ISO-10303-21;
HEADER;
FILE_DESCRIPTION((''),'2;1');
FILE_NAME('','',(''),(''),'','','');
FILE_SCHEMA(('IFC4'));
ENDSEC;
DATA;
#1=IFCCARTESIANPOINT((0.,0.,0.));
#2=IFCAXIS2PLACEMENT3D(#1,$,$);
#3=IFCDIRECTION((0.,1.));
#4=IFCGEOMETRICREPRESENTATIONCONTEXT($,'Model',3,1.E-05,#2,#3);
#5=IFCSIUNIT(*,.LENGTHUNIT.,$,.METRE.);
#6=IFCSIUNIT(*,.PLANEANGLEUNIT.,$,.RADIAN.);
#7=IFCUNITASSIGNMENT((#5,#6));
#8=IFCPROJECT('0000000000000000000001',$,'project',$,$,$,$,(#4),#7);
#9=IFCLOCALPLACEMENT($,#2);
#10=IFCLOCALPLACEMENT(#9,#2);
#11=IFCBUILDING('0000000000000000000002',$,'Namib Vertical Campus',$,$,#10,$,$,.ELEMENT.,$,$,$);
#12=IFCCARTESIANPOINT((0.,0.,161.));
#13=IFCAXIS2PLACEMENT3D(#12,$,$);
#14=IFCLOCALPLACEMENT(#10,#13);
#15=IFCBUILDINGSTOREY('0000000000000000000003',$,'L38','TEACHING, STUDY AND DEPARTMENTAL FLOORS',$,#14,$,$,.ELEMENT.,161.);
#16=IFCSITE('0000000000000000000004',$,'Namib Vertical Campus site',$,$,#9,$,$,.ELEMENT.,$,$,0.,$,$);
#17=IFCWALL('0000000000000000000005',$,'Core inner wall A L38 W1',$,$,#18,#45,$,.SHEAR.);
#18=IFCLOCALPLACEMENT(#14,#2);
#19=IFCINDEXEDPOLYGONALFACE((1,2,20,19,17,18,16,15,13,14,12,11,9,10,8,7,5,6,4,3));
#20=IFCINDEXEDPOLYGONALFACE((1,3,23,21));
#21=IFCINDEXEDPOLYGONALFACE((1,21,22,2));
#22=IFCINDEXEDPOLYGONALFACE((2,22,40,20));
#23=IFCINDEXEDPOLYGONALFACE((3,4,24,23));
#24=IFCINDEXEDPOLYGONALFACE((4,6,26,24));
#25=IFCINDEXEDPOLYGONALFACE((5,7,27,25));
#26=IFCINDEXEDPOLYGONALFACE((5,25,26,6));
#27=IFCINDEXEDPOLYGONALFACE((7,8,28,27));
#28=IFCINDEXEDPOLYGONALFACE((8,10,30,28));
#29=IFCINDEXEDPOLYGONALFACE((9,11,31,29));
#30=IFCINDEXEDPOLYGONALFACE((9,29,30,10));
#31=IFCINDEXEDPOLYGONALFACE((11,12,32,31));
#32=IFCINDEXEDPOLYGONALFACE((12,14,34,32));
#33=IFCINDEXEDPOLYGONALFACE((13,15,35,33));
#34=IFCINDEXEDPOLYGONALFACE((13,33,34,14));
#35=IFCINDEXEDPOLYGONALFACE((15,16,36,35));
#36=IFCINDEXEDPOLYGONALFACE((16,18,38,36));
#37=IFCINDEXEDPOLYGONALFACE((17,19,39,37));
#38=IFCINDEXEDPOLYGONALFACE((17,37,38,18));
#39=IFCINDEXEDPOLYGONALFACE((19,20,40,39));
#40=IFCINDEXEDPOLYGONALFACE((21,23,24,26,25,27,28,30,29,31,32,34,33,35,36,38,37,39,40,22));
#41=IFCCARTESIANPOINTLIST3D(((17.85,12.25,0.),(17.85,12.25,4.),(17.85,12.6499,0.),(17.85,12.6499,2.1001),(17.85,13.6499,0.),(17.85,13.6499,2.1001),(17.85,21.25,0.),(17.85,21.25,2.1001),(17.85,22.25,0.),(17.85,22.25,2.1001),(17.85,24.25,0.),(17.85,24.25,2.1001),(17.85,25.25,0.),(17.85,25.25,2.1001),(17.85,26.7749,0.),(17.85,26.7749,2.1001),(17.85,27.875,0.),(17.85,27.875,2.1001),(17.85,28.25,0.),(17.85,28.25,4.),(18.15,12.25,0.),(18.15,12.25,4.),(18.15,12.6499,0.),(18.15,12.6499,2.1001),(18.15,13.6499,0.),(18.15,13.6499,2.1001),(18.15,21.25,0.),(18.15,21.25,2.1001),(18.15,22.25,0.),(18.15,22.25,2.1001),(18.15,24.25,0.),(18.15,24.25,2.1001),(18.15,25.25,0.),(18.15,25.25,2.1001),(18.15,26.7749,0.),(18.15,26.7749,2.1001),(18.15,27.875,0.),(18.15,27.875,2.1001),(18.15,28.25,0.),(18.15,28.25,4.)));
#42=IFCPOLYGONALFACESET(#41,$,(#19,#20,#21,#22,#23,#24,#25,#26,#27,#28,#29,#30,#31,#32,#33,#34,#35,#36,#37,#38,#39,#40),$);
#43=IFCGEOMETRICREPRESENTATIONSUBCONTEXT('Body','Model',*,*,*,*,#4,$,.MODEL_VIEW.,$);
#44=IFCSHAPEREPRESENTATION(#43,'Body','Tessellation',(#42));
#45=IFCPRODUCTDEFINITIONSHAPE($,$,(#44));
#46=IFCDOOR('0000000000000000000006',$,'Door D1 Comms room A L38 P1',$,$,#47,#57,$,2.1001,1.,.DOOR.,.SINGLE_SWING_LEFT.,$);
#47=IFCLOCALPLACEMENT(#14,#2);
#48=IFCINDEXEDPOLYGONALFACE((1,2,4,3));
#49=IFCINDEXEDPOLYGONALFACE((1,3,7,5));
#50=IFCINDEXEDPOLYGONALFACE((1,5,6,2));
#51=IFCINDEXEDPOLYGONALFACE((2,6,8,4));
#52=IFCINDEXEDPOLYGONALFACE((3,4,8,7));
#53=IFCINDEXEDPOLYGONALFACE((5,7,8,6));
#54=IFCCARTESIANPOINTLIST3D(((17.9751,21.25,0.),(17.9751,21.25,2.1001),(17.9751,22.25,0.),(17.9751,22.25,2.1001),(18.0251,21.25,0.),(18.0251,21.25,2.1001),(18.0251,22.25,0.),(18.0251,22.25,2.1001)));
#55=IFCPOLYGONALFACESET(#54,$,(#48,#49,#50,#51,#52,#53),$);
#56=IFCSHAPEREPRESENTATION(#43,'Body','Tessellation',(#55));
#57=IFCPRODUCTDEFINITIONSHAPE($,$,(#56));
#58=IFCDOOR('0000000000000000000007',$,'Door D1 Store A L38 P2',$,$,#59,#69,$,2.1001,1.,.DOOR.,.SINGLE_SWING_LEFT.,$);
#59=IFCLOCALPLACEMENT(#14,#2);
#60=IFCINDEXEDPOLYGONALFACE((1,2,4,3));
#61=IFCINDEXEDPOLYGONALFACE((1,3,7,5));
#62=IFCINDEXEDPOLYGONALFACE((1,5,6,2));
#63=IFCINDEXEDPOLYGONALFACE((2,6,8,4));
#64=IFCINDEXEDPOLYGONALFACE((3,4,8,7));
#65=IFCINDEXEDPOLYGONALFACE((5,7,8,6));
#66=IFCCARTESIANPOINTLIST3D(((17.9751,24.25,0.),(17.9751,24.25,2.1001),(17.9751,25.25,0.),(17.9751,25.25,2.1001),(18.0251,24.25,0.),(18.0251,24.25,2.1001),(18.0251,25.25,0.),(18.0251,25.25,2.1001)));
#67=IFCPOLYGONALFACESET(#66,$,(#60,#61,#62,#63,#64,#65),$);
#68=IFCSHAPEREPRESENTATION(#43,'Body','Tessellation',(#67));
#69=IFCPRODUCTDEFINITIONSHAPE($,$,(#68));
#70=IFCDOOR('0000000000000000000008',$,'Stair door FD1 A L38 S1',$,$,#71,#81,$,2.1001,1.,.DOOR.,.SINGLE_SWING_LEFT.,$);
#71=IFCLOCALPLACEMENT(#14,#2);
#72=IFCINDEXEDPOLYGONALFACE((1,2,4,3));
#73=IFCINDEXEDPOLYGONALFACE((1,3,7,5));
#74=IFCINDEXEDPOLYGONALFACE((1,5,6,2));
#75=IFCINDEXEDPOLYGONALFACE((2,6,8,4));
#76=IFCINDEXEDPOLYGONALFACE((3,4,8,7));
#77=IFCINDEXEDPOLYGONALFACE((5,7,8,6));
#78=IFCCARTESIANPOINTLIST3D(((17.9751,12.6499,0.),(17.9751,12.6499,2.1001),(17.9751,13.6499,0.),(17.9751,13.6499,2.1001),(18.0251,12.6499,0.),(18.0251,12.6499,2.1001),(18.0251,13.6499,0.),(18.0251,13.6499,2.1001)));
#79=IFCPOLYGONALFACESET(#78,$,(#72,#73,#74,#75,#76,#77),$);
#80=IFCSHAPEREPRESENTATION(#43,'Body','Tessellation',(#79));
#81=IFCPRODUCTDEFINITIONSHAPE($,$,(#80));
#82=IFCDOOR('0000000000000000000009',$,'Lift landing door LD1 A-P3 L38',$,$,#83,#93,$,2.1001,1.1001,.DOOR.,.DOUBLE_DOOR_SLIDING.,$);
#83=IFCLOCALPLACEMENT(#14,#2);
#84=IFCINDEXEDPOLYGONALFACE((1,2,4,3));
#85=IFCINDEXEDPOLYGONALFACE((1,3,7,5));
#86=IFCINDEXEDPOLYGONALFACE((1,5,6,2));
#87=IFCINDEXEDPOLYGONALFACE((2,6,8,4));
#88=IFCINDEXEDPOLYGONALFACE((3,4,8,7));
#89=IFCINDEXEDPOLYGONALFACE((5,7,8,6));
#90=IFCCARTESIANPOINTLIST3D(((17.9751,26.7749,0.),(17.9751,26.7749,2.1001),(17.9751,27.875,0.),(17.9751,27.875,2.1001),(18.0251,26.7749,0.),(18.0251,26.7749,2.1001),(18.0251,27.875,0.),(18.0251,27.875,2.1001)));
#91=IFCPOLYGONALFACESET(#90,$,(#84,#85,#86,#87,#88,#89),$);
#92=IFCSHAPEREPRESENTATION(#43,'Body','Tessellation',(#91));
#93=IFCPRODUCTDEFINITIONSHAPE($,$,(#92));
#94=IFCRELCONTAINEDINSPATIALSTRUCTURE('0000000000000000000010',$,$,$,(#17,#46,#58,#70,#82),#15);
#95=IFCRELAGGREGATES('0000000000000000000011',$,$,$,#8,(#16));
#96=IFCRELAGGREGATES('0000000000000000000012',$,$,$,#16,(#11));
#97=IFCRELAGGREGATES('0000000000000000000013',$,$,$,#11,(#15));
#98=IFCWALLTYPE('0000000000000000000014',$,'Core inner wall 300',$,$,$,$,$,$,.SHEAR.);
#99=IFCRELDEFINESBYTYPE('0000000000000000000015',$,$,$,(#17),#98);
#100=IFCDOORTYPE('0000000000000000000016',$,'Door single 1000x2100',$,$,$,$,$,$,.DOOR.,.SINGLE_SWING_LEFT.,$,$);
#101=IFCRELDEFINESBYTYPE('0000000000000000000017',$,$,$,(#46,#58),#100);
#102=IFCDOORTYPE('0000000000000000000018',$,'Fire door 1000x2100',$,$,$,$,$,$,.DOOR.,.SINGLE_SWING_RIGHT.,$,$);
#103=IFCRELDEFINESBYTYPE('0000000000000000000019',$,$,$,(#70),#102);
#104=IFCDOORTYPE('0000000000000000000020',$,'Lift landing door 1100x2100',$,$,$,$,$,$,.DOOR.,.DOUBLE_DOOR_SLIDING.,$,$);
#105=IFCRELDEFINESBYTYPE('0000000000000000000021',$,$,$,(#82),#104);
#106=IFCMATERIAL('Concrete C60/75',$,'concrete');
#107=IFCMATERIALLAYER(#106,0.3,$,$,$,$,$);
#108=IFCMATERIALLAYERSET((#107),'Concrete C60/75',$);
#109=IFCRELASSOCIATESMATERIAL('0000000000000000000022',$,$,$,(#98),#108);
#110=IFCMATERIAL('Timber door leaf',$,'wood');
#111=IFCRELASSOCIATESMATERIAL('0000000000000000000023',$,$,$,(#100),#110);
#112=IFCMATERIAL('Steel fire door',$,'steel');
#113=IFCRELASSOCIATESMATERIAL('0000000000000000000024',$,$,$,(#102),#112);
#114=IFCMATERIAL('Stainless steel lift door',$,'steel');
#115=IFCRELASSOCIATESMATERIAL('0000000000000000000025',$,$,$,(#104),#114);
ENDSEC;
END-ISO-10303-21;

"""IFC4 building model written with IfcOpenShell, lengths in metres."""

from ifc_helpers import new_model, si_unit, direction, frame, frame_2d, origin, place, context, subcontext, project, spatial, rectangle, extrude, material, layer, layer_set, type_object, element, fill, save


model = new_model("IFC4")

# Units and contexts
model_context = context("Model", 3, precision=1e-05, world=origin(), true_north=direction((0.0, 1.0)))
body_context = subcontext(model_context, "Body", "Model", "MODEL_VIEW")
ifc_project = project(units=[si_unit("LENGTHUNIT", "METRE"), si_unit("PLANEANGLEUNIT", "RADIAN")], contexts=[model_context])

# Site, building, storey
site_placement = place(None, origin())
site = spatial("IfcSite", under=ifc_project, at=site_placement, Name="Namib Vertical Campus site", CompositionType="ELEMENT", RefElevation=0.0)
building_placement = place(site_placement, origin())
building = spatial("IfcBuilding", under=site, at=building_placement, Name="Namib Vertical Campus", CompositionType="ELEMENT")
storey_placement = place(building_placement, frame((0.0, 0.0, 161.0)))
storey = spatial("IfcBuildingStorey", under=building, at=storey_placement, Name="L38", Description="TEACHING, STUDY AND DEPARTMENTAL FLOORS", CompositionType="ELEMENT", Elevation=161.0)

# Wall, openings, doors
ifc_material_1 = material(Name="Concrete C60/75", Category="concrete")
ifc_layer_1 = layer(ifc_material_1, 0.3)
ifc_layer_set_1 = layer_set([ifc_layer_1], Name="Concrete C60/75")
wall_type_1 = type_object("IfcWallType", Name="Core inner wall 300", PredefinedType="SHEAR", material=ifc_layer_set_1)
wall_1_placement = place(storey_placement, frame((18.0, 12.25, 0.0), z_axis=(0.0, 0.0, 1.0), x_axis=(0.0, 1.0, 0.0)))
wall_1 = element("IfcWall", 1, at=wall_1_placement, inside=storey, type_object=wall_type_1, Name="Core inner wall A L38 W1", PredefinedType="SHEAR", context=body_context, shape_type="SweptSolid", body=[
    extrude(rectangle(XDim=16.0, YDim=0.3, at=frame_2d((8.0, 0.0))), origin(), (0.0, 0.0, 1.0), 4.0),
])
opening_1_placement = place(wall_1_placement, frame((0.3999, 0.0, 0.0)))
opening_1 = element("IfcOpeningElement", 2, at=opening_1_placement, cuts=wall_1, PredefinedType="OPENING", context=body_context, shape_type="SweptSolid", body=[
    extrude(rectangle(XDim=1.0, YDim=2.1001, at=frame_2d((0.5, 1.05))), frame((0.0, 0.1599, 0.0), z_axis=(0.0, -1.0, 0.0), x_axis=(1.0, 0.0, 0.0)), (0.0, 0.0, 1.0), 0.3201),
])
opening_2_placement = place(wall_1_placement, frame((14.5249, 0.0, 0.0)))
opening_2 = element("IfcOpeningElement", 3, at=opening_2_placement, cuts=wall_1, PredefinedType="OPENING", context=body_context, shape_type="SweptSolid", body=[
    extrude(rectangle(XDim=1.1001, YDim=2.1001, at=frame_2d((0.55, 1.05))), frame((0.0, 0.1599, 0.0), z_axis=(0.0, -1.0, 0.0), x_axis=(1.0, 0.0, 0.0)), (0.0, 0.0, 1.0), 0.3201),
])
opening_3_placement = place(wall_1_placement, frame((9.0, 0.0, 0.0)))
opening_3 = element("IfcOpeningElement", 4, at=opening_3_placement, cuts=wall_1, PredefinedType="OPENING", context=body_context, shape_type="SweptSolid", body=[
    extrude(rectangle(XDim=1.0, YDim=2.1001, at=frame_2d((0.5, 1.05))), frame((0.0, 0.1599, 0.0), z_axis=(0.0, -1.0, 0.0), x_axis=(1.0, 0.0, 0.0)), (0.0, 0.0, 1.0), 0.3201),
])
opening_4_placement = place(wall_1_placement, frame((12.0, 0.0, 0.0)))
opening_4 = element("IfcOpeningElement", 5, at=opening_4_placement, cuts=wall_1, PredefinedType="OPENING", context=body_context, shape_type="SweptSolid", body=[
    extrude(rectangle(XDim=1.0, YDim=2.1001, at=frame_2d((0.5, 1.05))), frame((0.0, 0.1599, 0.0), z_axis=(0.0, -1.0, 0.0), x_axis=(1.0, 0.0, 0.0)), (0.0, 0.0, 1.0), 0.3201),
])
ifc_material_2 = material(Name="Timber door leaf", Category="wood")
door_type_1 = type_object("IfcDoorType", Name="Door single 1000x2100", OperationType="SINGLE_SWING_LEFT", PredefinedType="DOOR", material=ifc_material_2)
door_1_placement = place(opening_3_placement, origin())
door_1 = element("IfcDoor", 6, at=door_1_placement, inside=storey, type_object=door_type_1, Name="Door D1 Comms room A L38 P1", OperationType="SINGLE_SWING_LEFT", OverallHeight=2.1001, OverallWidth=1.0, PredefinedType="DOOR", context=body_context, shape_type="SweptSolid", body=[
    extrude(rectangle(XDim=1.0, YDim=2.1001, at=frame_2d((0.5, 1.05))), frame((0.0, 0.0249, 0.0), z_axis=(0.0, -1.0, 0.0), x_axis=(1.0, 0.0, 0.0)), (0.0, 0.0, 1.0), 0.05),
])
fill(opening_3, door_1)
door_2_placement = place(opening_4_placement, origin())
door_2 = element("IfcDoor", 7, at=door_2_placement, inside=storey, type_object=door_type_1, Name="Door D1 Store A L38 P2", OperationType="SINGLE_SWING_LEFT", OverallHeight=2.1001, OverallWidth=1.0, PredefinedType="DOOR", context=body_context, shape_type="SweptSolid", body=[
    extrude(rectangle(XDim=1.0, YDim=2.1001, at=frame_2d((0.5, 1.05))), frame((0.0, 0.0249, 0.0), z_axis=(0.0, -1.0, 0.0), x_axis=(1.0, 0.0, 0.0)), (0.0, 0.0, 1.0), 0.05),
])
fill(opening_4, door_2)
ifc_material_3 = material(Name="Steel fire door", Category="steel")
door_type_2 = type_object("IfcDoorType", Name="Fire door 1000x2100", OperationType="SINGLE_SWING_RIGHT", PredefinedType="DOOR", material=ifc_material_3)
door_3_placement = place(opening_1_placement, origin())
door_3 = element("IfcDoor", 8, at=door_3_placement, inside=storey, type_object=door_type_2, Name="Stair door FD1 A L38 S1", OperationType="SINGLE_SWING_LEFT", OverallHeight=2.1001, OverallWidth=1.0, PredefinedType="DOOR", context=body_context, shape_type="SweptSolid", body=[
    extrude(rectangle(XDim=1.0, YDim=2.1001, at=frame_2d((0.5, 1.05))), frame((0.0, 0.0249, 0.0), z_axis=(0.0, -1.0, 0.0), x_axis=(1.0, 0.0, 0.0)), (0.0, 0.0, 1.0), 0.05),
])
fill(opening_1, door_3)
ifc_material_4 = material(Name="Stainless steel lift door", Category="steel")
door_type_3 = type_object("IfcDoorType", Name="Lift landing door 1100x2100", OperationType="DOUBLE_DOOR_SLIDING", PredefinedType="DOOR", material=ifc_material_4)
door_4_placement = place(opening_2_placement, origin())
door_4 = element("IfcDoor", 9, at=door_4_placement, inside=storey, type_object=door_type_3, Name="Lift landing door LD1 A-P3 L38", OperationType="DOUBLE_DOOR_SLIDING", OverallHeight=2.1001, OverallWidth=1.1001, PredefinedType="DOOR", context=body_context, shape_type="SweptSolid", body=[
    extrude(rectangle(XDim=1.1001, YDim=2.1001, at=frame_2d((0.55, 1.05))), frame((0.0, 0.0249, 0.0), z_axis=(0.0, -1.0, 0.0), x_axis=(1.0, 0.0, 0.0)), (0.0, 0.0, 1.0), 0.05),
])
fill(opening_2, door_4)

save(model, "model.ifc")
